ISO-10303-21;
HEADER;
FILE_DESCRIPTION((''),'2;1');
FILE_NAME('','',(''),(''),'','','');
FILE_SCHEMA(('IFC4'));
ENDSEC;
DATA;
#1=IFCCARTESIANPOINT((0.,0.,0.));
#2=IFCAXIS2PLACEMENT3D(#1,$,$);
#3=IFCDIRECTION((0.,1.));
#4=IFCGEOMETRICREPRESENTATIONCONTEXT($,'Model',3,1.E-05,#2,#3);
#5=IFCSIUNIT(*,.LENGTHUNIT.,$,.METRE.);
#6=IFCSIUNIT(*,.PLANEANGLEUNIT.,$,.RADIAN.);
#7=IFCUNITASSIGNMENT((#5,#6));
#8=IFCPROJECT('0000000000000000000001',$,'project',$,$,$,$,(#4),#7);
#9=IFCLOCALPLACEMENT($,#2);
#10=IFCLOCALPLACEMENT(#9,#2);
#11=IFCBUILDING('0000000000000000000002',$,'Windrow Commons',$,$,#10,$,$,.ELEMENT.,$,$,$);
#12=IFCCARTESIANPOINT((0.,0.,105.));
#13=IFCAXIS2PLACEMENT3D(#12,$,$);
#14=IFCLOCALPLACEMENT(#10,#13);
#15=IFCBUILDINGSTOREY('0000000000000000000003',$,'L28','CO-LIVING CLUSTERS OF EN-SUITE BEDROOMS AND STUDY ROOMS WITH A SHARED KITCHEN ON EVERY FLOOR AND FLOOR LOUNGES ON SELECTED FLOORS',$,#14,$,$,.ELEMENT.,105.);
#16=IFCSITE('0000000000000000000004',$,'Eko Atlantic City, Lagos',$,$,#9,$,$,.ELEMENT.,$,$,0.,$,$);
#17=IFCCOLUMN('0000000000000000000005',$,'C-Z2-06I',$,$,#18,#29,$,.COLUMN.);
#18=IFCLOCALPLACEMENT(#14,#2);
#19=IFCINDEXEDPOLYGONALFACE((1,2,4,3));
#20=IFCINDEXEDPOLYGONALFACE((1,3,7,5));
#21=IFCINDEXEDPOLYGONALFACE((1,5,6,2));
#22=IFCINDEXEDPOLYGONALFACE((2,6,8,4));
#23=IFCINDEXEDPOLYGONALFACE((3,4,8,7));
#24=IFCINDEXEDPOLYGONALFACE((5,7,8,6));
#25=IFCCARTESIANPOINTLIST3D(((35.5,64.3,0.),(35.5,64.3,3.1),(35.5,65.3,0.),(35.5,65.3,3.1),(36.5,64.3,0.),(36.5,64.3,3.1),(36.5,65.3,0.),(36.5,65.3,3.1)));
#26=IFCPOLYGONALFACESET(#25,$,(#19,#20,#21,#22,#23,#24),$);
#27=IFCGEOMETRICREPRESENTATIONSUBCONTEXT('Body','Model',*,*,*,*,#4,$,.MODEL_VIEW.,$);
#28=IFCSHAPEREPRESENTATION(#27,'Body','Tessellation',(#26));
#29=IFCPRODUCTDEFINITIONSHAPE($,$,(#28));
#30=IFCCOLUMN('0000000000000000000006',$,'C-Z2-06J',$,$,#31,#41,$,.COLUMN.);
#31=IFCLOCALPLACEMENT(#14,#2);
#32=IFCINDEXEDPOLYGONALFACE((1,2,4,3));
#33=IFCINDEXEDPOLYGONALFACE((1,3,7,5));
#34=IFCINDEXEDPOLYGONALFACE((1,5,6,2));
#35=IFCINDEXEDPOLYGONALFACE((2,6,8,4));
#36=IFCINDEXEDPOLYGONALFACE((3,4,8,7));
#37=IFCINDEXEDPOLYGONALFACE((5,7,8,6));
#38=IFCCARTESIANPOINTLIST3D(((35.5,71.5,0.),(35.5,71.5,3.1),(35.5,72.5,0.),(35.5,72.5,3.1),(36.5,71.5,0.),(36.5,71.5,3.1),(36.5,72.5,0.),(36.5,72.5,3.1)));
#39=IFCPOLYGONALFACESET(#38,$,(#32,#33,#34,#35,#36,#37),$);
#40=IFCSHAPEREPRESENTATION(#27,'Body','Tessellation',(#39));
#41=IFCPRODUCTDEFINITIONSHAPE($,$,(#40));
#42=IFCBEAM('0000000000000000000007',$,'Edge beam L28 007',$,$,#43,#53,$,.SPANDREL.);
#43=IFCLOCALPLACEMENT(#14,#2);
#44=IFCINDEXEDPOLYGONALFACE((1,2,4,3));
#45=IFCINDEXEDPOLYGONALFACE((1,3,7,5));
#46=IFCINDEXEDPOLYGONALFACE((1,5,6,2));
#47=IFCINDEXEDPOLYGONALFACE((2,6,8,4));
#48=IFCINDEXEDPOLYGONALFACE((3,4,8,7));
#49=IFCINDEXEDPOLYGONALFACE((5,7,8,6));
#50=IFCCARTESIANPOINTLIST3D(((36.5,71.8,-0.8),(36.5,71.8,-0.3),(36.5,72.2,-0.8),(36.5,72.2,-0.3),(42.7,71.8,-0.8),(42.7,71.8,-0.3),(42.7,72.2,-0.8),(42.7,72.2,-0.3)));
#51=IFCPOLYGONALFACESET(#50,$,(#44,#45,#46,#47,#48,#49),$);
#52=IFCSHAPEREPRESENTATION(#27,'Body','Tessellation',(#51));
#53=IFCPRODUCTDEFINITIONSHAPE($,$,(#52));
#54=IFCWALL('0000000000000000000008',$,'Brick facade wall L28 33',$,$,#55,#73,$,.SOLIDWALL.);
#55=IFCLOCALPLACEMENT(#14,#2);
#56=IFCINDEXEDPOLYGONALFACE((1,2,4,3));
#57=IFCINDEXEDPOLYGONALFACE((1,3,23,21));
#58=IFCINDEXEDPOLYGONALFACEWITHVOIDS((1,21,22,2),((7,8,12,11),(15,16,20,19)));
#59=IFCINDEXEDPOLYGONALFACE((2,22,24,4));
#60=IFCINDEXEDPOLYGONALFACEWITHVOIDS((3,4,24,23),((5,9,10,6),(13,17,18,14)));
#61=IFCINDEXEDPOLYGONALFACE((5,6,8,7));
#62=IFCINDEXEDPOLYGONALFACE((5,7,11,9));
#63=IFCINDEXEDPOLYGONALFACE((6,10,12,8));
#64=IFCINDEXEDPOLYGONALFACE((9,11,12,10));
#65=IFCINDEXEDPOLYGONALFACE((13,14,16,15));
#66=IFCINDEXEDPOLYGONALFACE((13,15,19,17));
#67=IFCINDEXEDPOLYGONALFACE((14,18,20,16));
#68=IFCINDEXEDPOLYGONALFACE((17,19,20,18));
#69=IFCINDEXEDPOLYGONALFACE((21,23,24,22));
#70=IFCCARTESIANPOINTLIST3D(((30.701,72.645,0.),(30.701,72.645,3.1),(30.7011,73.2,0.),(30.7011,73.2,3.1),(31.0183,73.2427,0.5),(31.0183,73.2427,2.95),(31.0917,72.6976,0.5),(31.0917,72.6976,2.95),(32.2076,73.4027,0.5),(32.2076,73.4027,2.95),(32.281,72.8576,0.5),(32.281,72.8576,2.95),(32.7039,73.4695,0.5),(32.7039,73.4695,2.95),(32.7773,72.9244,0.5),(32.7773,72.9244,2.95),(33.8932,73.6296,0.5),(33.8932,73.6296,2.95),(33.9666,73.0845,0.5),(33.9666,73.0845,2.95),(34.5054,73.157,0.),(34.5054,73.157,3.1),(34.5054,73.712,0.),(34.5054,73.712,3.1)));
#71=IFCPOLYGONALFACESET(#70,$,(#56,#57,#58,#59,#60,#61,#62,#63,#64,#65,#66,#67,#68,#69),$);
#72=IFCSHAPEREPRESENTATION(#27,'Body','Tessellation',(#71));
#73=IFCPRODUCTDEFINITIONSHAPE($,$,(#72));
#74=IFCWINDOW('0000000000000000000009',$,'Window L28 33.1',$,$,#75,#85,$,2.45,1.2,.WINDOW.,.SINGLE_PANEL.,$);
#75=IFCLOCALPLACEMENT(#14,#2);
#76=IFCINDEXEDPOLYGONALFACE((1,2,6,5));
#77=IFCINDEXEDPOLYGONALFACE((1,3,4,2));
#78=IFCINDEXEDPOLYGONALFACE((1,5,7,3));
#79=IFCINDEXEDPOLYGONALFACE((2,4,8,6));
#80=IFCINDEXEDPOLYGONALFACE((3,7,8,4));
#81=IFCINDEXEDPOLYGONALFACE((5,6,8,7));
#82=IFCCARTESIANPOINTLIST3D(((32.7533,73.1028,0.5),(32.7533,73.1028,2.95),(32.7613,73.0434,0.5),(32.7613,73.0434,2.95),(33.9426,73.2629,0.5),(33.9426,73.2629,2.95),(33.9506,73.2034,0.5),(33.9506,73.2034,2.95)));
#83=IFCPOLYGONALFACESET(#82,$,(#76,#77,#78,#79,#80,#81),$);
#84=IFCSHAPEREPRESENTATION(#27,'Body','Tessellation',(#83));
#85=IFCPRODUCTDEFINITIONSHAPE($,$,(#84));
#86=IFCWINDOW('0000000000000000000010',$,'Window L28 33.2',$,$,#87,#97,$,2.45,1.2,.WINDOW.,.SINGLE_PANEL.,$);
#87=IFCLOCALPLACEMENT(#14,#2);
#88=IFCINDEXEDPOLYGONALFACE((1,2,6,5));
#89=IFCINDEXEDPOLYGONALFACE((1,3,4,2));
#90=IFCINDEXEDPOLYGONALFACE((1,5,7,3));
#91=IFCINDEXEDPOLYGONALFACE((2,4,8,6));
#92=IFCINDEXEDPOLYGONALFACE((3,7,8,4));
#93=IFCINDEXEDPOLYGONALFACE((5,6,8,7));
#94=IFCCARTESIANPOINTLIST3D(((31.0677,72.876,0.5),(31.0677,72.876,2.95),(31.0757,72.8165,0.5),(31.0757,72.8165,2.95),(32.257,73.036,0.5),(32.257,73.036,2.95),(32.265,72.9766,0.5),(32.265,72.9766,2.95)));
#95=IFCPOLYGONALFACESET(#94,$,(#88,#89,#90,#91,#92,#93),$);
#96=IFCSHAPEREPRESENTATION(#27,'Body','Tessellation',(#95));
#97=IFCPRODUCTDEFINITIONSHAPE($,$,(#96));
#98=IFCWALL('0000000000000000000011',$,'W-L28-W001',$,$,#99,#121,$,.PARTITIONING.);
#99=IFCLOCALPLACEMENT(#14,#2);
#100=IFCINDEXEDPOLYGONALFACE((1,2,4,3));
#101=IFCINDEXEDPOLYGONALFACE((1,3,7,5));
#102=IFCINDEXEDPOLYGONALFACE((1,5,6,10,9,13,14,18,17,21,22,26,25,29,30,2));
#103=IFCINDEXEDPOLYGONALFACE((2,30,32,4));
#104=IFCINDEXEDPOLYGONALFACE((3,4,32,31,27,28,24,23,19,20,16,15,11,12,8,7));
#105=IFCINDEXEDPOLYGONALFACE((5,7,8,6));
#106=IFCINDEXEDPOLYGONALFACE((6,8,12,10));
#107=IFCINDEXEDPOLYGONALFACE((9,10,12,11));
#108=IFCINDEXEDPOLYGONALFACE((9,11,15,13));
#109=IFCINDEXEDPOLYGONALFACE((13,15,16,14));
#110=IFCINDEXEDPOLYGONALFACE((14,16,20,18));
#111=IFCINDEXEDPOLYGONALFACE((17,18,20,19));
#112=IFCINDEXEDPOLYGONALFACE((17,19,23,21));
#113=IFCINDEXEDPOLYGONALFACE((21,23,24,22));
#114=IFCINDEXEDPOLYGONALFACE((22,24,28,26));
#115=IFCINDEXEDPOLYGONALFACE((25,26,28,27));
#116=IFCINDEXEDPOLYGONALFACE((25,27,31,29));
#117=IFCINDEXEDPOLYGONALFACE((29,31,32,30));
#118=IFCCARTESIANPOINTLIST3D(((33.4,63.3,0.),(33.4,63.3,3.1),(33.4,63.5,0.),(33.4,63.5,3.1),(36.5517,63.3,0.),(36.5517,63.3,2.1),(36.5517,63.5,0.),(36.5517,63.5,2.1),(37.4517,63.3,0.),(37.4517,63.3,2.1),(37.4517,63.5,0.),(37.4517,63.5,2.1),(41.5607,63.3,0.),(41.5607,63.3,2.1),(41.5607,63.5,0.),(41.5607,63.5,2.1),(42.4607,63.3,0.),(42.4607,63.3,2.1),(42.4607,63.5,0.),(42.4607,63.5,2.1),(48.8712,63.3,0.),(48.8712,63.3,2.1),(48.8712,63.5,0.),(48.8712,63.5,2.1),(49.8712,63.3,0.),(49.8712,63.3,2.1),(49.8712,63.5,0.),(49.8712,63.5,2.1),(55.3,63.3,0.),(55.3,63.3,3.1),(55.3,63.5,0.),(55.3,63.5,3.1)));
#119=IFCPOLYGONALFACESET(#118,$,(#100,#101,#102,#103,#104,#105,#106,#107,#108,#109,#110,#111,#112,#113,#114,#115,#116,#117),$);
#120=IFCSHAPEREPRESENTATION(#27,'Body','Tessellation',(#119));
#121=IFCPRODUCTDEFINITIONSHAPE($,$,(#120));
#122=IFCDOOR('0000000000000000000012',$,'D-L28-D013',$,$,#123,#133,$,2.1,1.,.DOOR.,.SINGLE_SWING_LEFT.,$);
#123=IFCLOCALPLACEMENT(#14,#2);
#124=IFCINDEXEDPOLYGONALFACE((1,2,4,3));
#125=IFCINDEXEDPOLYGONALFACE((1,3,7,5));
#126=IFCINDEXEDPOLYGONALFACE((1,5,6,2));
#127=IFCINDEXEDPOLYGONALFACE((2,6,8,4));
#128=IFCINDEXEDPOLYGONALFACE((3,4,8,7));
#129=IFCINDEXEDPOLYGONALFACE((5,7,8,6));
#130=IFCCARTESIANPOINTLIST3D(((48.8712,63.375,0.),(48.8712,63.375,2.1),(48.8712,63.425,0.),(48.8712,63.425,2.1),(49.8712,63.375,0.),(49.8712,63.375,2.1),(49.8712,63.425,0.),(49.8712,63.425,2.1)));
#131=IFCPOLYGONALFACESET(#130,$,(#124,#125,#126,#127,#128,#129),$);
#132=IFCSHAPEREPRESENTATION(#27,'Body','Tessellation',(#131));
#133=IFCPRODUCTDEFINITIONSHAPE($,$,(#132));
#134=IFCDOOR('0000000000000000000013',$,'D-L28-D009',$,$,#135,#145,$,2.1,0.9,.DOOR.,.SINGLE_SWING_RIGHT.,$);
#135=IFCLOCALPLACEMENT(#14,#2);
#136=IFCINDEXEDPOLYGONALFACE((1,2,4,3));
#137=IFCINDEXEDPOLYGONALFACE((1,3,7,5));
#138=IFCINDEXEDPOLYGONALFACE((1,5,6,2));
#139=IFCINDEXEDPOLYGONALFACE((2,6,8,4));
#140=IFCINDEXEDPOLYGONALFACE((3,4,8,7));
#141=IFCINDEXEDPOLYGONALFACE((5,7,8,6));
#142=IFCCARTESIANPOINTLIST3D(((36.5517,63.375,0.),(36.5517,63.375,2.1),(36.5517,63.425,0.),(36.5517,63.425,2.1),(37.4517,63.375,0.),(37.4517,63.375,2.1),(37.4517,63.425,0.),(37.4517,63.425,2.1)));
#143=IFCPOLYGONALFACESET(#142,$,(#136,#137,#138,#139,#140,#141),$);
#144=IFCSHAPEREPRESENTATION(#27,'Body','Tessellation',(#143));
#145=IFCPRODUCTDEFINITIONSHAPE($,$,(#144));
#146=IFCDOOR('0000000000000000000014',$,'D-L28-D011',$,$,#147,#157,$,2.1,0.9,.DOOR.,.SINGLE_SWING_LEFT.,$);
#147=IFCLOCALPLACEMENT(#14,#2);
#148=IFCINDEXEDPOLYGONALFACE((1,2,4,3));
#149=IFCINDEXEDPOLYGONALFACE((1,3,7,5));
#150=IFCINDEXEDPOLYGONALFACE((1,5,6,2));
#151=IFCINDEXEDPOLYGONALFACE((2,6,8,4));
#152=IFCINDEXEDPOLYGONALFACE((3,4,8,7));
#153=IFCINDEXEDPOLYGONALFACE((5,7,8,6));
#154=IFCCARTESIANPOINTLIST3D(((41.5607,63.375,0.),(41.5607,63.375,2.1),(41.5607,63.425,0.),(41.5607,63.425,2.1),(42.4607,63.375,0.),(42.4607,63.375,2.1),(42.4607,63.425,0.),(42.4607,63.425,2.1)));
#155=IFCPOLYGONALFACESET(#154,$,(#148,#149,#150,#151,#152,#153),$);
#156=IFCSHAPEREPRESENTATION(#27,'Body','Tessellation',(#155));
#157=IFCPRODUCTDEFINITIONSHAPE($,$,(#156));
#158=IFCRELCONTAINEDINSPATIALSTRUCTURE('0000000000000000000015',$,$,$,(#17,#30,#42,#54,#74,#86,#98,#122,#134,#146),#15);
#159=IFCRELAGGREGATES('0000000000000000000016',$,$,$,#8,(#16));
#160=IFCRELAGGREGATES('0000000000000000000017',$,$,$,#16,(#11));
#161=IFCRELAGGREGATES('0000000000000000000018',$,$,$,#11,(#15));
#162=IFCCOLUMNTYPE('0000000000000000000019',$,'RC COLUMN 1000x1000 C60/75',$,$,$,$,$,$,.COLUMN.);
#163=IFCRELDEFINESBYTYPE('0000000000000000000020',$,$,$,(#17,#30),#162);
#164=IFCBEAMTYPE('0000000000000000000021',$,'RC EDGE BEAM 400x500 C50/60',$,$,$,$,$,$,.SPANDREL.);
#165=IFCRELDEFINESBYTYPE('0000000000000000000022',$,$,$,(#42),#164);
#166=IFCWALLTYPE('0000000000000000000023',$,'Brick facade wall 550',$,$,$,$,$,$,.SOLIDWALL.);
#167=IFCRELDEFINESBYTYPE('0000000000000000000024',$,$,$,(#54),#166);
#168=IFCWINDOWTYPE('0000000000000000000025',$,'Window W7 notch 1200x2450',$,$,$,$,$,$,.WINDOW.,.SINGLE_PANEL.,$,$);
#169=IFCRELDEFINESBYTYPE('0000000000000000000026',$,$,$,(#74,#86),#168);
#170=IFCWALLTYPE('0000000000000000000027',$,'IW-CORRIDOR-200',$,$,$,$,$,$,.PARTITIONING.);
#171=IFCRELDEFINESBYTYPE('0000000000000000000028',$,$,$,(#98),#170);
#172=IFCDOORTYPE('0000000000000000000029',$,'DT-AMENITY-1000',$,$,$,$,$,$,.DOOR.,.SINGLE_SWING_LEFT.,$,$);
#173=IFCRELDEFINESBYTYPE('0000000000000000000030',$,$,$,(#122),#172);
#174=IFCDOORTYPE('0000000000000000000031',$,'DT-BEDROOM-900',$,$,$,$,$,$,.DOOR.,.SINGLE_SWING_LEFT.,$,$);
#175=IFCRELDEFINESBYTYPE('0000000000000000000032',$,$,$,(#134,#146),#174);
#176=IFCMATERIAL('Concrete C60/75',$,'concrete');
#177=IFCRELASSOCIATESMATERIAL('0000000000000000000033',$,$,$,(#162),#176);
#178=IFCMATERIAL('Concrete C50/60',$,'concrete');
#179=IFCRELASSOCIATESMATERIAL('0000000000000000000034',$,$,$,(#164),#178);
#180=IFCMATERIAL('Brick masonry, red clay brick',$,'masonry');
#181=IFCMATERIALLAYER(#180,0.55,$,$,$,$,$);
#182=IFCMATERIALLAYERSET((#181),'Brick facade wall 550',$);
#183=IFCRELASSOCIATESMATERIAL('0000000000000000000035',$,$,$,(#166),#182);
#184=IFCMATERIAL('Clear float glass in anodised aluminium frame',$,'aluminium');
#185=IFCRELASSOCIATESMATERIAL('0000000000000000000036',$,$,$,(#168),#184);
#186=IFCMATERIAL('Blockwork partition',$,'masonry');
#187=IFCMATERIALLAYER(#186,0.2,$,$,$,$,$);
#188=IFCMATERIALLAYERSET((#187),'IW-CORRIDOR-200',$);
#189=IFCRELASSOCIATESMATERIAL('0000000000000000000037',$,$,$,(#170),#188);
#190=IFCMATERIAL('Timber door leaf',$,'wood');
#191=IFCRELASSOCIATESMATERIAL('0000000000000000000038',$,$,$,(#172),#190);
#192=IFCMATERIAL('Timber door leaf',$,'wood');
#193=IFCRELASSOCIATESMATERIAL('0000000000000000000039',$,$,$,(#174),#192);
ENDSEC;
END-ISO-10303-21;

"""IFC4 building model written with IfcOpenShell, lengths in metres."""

from ifc_helpers import new_model, si_unit, direction, frame, frame_2d, origin, origin_2d, place, context, subcontext, project, spatial, polyline, rectangle, outline, extrude, material, layer, layer_set, material_profile, profile_set, type_object, element, fill, save


model = new_model("IFC4")

# Units and contexts
model_context = context("Model", 3, precision=1e-05, world=origin(), true_north=direction((0.0, 1.0)))
body_context = subcontext(model_context, "Body", "Model", "MODEL_VIEW")
ifc_project = project(units=[si_unit("LENGTHUNIT", "METRE"), si_unit("PLANEANGLEUNIT", "RADIAN")], contexts=[model_context])

# Site, building, storey
site_placement = place(None, origin())
site = spatial("IfcSite", under=ifc_project, at=site_placement, Name="Eko Atlantic City, Lagos", CompositionType="ELEMENT", RefElevation=0.0)
building_placement = place(site_placement, origin())
building = spatial("IfcBuilding", under=site, at=building_placement, Name="Windrow Commons", CompositionType="ELEMENT")
storey_placement = place(building_placement, frame((0.0, 0.0, 105.0)))
storey = spatial("IfcBuildingStorey", under=building, at=storey_placement, Name="L28", Description="CO-LIVING CLUSTERS OF EN-SUITE BEDROOMS AND STUDY ROOMS WITH A SHARED KITCHEN ON EVERY FLOOR AND FLOOR LOUNGES ON SELECTED FLOORS", CompositionType="ELEMENT", Elevation=105.0)

# Columns
ifc_material_1 = material(Name="Concrete C60/75", Category="concrete")
ifc_material_profile_1 = material_profile(ifc_material_1, rectangle(XDim=1.0, YDim=1.0, at=origin_2d()))
ifc_profile_set_1 = profile_set([ifc_material_profile_1], Name="Concrete C60/75")
column_type = type_object("IfcColumnType", Name="RC COLUMN 1000x1000 C60/75", PredefinedType="COLUMN", material=ifc_profile_set_1)
for number, where, z_axis, x_axis, name in (
    (1, (36.0, 64.8, 0.0), (0.0, 0.0, 1.0), (1.0, 0.0, 0.0), "C-Z2-06I"),
    (2, (36.0, 72.0, 0.0), (0.0, 0.0, 1.0), (1.0, 0.0, 0.0), "C-Z2-06J"),
):
    element("IfcColumn", number, at=place(storey_placement, frame(where, z_axis=z_axis, x_axis=x_axis)), inside=storey, type_object=column_type, Name=name, PredefinedType="COLUMN", context=body_context, shape_type="SweptSolid", body=[
        extrude(rectangle(XDim=1.0, YDim=1.0, at=origin_2d()), origin(), (0.0, 0.0, 1.0), 3.1),
    ])

# Beam
ifc_material_2 = material(Name="Concrete C50/60", Category="concrete")
ifc_material_profile_2 = material_profile(ifc_material_2, rectangle(XDim=0.4, YDim=0.5, at=origin_2d()))
ifc_profile_set_2 = profile_set([ifc_material_profile_2], Name="Concrete C50/60")
beam_type = type_object("IfcBeamType", Name="RC EDGE BEAM 400x500 C50/60", PredefinedType="SPANDREL", material=ifc_profile_set_2)
beam_placement = place(storey_placement, frame((36.5, 72.0, -0.55), z_axis=(1.0, 0.0, 0.0), x_axis=(0.0, 1.0, 0.0)))
element("IfcBeam", 3, at=beam_placement, inside=storey, type_object=beam_type, Name="Edge beam L28 007", PredefinedType="SPANDREL", context=body_context, shape_type="SweptSolid", body=[
    extrude(rectangle(XDim=0.4, YDim=0.5, at=origin_2d()), origin(), (0.0, 0.0, 1.0), 6.2),
])

# Wall, openings, windows
ifc_material_3 = material(Name="Brick masonry, red clay brick", Category="masonry")
ifc_layer_1 = layer(ifc_material_3, 0.55)
ifc_layer_set_1 = layer_set([ifc_layer_1], Name="Brick facade wall 550")
wall_type_1 = type_object("IfcWallType", Name="Brick facade wall 550", PredefinedType="SOLIDWALL", material=ifc_layer_set_1)
wall_1_placement = place(storey_placement, frame((34.5054, 73.4345, 0.0), z_axis=(0.0, 0.0, 1.0), x_axis=(-0.991065, -0.133382, 0.0)))
wall_1 = element("IfcWall", 4, at=wall_1_placement, inside=storey, type_object=wall_type_1, Name="Brick facade wall L28 33", PredefinedType="SOLIDWALL", context=body_context, shape_type="SweptSolid", body=[
    extrude(outline(polyline([(-0.037, -0.275), (3.8016, -0.275), (3.8757, 0.275), (0.037, 0.275), (-0.037, -0.275)])), origin(), (0.0, 0.0, 1.0), 3.1),
])
opening_1_placement = place(wall_1_placement, frame((0.5807, 0.0, 0.5)))
opening_1 = element("IfcOpeningElement", 5, at=opening_1_placement, cuts=wall_1, PredefinedType="OPENING", context=body_context, shape_type="SweptSolid", body=[
    extrude(rectangle(XDim=1.2, YDim=2.45, at=frame_2d((0.6, 1.225))), frame((0.0, 0.285, 0.0), z_axis=(0.0, -1.0, 0.0), x_axis=(1.0, 0.0, 0.0)), (0.0, 0.0, 1.0), 0.57),
])
opening_2_placement = place(wall_1_placement, frame((2.2815, 0.0, 0.5)))
opening_2 = element("IfcOpeningElement", 6, at=opening_2_placement, cuts=wall_1, PredefinedType="OPENING", context=body_context, shape_type="SweptSolid", body=[
    extrude(rectangle(XDim=1.2, YDim=2.45, at=frame_2d((0.6, 1.225))), frame((0.0, 0.285, 0.0), z_axis=(0.0, -1.0, 0.0), x_axis=(1.0, 0.0, 0.0)), (0.0, 0.0, 1.0), 0.57),
])
ifc_material_4 = material(Name="Clear float glass in anodised aluminium frame", Category="aluminium")
window_type = type_object("IfcWindowType", Name="Window W7 notch 1200x2450", PartitioningType="SINGLE_PANEL", PredefinedType="WINDOW", material=ifc_material_4)
window_1_placement = place(opening_1_placement, origin())
window_1 = element("IfcWindow", 7, at=window_1_placement, inside=storey, type_object=window_type, Name="Window L28 33.1", OverallHeight=2.45, OverallWidth=1.2, PartitioningType="SINGLE_PANEL", PredefinedType="WINDOW", context=body_context, shape_type="SweptSolid", body=[
    extrude(rectangle(XDim=1.2, YDim=2.45, at=frame_2d((0.6, 1.225))), frame((0.0, 0.155, 0.0), z_axis=(0.0, -1.0, 0.0), x_axis=(1.0, 0.0, 0.0)), (0.0, 0.0, 1.0), 0.06),
])
fill(opening_1, window_1)
window_2_placement = place(opening_2_placement, origin())
window_2 = element("IfcWindow", 8, at=window_2_placement, inside=storey, type_object=window_type, Name="Window L28 33.2", OverallHeight=2.45, OverallWidth=1.2, PartitioningType="SINGLE_PANEL", PredefinedType="WINDOW", context=body_context, shape_type="SweptSolid", body=[
    extrude(rectangle(XDim=1.2, YDim=2.45, at=frame_2d((0.6, 1.225))), frame((0.0, 0.155, 0.0), z_axis=(0.0, -1.0, 0.0), x_axis=(1.0, 0.0, 0.0)), (0.0, 0.0, 1.0), 0.06),
])
fill(opening_2, window_2)

# Wall, openings, doors
ifc_material_5 = material(Name="Blockwork partition", Category="masonry")
ifc_layer_2 = layer(ifc_material_5, 0.2)
ifc_layer_set_2 = layer_set([ifc_layer_2], Name="IW-CORRIDOR-200")
wall_type_2 = type_object("IfcWallType", Name="IW-CORRIDOR-200", PredefinedType="PARTITIONING", material=ifc_layer_set_2)
wall_2_placement = place(storey_placement, frame((33.4, 63.4, 0.0), z_axis=(0.0, 0.0, 1.0), x_axis=(1.0, 0.0, 0.0)))
wall_2 = element("IfcWall", 9, at=wall_2_placement, inside=storey, type_object=wall_type_2, Name="W-L28-W001", PredefinedType="PARTITIONING", context=body_context, shape_type="SweptSolid", body=[
    extrude(rectangle(XDim=21.9, YDim=0.2, at=frame_2d((10.95, 0.0))), origin(), (0.0, 0.0, 1.0), 3.1),
])
opening_3_placement = place(wall_2_placement, frame((3.1517, 0.0, 0.0)))
opening_3 = element("IfcOpeningElement", 10, at=opening_3_placement, cuts=wall_2, PredefinedType="OPENING", context=body_context, shape_type="SweptSolid", body=[
    extrude(rectangle(XDim=0.9, YDim=2.1, at=frame_2d((0.45, 1.05))), frame((0.0, 0.11, 0.0), z_axis=(0.0, -1.0, 0.0), x_axis=(1.0, 0.0, 0.0)), (0.0, 0.0, 1.0), 0.22),
])
opening_4_placement = place(wall_2_placement, frame((8.1607, 0.0, 0.0)))
opening_4 = element("IfcOpeningElement", 11, at=opening_4_placement, cuts=wall_2, PredefinedType="OPENING", context=body_context, shape_type="SweptSolid", body=[
    extrude(rectangle(XDim=0.9, YDim=2.1, at=frame_2d((0.45, 1.05))), frame((0.0, 0.11, 0.0), z_axis=(0.0, -1.0, 0.0), x_axis=(1.0, 0.0, 0.0)), (0.0, 0.0, 1.0), 0.22),
])
opening_5_placement = place(wall_2_placement, frame((15.4712, 0.0, 0.0)))
opening_5 = element("IfcOpeningElement", 12, at=opening_5_placement, cuts=wall_2, PredefinedType="OPENING", context=body_context, shape_type="SweptSolid", body=[
    extrude(rectangle(XDim=1.0, YDim=2.1, at=frame_2d((0.5, 1.05))), frame((0.0, 0.11, 0.0), z_axis=(0.0, -1.0, 0.0), x_axis=(1.0, 0.0, 0.0)), (0.0, 0.0, 1.0), 0.22),
])
ifc_material_6 = material(Name="Timber door leaf", Category="wood")
door_type_1 = type_object("IfcDoorType", Name="DT-AMENITY-1000", OperationType="SINGLE_SWING_LEFT", PredefinedType="DOOR", material=ifc_material_6)
door_1_placement = place(opening_5_placement, origin())
door_1 = element("IfcDoor", 13, at=door_1_placement, inside=storey, type_object=door_type_1, Name="D-L28-D013", OperationType="SINGLE_SWING_LEFT", OverallHeight=2.1, OverallWidth=1.0, PredefinedType="DOOR", context=body_context, shape_type="SweptSolid", body=[
    extrude(rectangle(XDim=1.0, YDim=2.1, at=frame_2d((0.5, 1.05))), frame((0.0, 0.025, 0.0), z_axis=(0.0, -1.0, 0.0), x_axis=(1.0, 0.0, 0.0)), (0.0, 0.0, 1.0), 0.05),
])
fill(opening_5, door_1)
ifc_material_7 = material(Name="Timber door leaf", Category="wood")
door_type_2 = type_object("IfcDoorType", Name="DT-BEDROOM-900", OperationType="SINGLE_SWING_LEFT", PredefinedType="DOOR", material=ifc_material_7)
door_2_placement = place(opening_3_placement, origin())
door_2 = element("IfcDoor", 14, at=door_2_placement, inside=storey, type_object=door_type_2, Name="D-L28-D009", OperationType="SINGLE_SWING_RIGHT", OverallHeight=2.1, OverallWidth=0.9, PredefinedType="DOOR", context=body_context, shape_type="SweptSolid", body=[
    extrude(rectangle(XDim=0.9, YDim=2.1, at=frame_2d((0.45, 1.05))), frame((0.0, 0.025, 0.0), z_axis=(0.0, -1.0, 0.0), x_axis=(1.0, 0.0, 0.0)), (0.0, 0.0, 1.0), 0.05),
])
fill(opening_3, door_2)
door_3_placement = place(opening_4_placement, origin())
door_3 = element("IfcDoor", 15, at=door_3_placement, inside=storey, type_object=door_type_2, Name="D-L28-D011", OperationType="SINGLE_SWING_LEFT", OverallHeight=2.1, OverallWidth=0.9, PredefinedType="DOOR", context=body_context, shape_type="SweptSolid", body=[
    extrude(rectangle(XDim=0.9, YDim=2.1, at=frame_2d((0.45, 1.05))), frame((0.0, 0.025, 0.0), z_axis=(0.0, -1.0, 0.0), x_axis=(1.0, 0.0, 0.0)), (0.0, 0.0, 1.0), 0.05),
])
fill(opening_4, door_3)

save(model, "model.ifc")
